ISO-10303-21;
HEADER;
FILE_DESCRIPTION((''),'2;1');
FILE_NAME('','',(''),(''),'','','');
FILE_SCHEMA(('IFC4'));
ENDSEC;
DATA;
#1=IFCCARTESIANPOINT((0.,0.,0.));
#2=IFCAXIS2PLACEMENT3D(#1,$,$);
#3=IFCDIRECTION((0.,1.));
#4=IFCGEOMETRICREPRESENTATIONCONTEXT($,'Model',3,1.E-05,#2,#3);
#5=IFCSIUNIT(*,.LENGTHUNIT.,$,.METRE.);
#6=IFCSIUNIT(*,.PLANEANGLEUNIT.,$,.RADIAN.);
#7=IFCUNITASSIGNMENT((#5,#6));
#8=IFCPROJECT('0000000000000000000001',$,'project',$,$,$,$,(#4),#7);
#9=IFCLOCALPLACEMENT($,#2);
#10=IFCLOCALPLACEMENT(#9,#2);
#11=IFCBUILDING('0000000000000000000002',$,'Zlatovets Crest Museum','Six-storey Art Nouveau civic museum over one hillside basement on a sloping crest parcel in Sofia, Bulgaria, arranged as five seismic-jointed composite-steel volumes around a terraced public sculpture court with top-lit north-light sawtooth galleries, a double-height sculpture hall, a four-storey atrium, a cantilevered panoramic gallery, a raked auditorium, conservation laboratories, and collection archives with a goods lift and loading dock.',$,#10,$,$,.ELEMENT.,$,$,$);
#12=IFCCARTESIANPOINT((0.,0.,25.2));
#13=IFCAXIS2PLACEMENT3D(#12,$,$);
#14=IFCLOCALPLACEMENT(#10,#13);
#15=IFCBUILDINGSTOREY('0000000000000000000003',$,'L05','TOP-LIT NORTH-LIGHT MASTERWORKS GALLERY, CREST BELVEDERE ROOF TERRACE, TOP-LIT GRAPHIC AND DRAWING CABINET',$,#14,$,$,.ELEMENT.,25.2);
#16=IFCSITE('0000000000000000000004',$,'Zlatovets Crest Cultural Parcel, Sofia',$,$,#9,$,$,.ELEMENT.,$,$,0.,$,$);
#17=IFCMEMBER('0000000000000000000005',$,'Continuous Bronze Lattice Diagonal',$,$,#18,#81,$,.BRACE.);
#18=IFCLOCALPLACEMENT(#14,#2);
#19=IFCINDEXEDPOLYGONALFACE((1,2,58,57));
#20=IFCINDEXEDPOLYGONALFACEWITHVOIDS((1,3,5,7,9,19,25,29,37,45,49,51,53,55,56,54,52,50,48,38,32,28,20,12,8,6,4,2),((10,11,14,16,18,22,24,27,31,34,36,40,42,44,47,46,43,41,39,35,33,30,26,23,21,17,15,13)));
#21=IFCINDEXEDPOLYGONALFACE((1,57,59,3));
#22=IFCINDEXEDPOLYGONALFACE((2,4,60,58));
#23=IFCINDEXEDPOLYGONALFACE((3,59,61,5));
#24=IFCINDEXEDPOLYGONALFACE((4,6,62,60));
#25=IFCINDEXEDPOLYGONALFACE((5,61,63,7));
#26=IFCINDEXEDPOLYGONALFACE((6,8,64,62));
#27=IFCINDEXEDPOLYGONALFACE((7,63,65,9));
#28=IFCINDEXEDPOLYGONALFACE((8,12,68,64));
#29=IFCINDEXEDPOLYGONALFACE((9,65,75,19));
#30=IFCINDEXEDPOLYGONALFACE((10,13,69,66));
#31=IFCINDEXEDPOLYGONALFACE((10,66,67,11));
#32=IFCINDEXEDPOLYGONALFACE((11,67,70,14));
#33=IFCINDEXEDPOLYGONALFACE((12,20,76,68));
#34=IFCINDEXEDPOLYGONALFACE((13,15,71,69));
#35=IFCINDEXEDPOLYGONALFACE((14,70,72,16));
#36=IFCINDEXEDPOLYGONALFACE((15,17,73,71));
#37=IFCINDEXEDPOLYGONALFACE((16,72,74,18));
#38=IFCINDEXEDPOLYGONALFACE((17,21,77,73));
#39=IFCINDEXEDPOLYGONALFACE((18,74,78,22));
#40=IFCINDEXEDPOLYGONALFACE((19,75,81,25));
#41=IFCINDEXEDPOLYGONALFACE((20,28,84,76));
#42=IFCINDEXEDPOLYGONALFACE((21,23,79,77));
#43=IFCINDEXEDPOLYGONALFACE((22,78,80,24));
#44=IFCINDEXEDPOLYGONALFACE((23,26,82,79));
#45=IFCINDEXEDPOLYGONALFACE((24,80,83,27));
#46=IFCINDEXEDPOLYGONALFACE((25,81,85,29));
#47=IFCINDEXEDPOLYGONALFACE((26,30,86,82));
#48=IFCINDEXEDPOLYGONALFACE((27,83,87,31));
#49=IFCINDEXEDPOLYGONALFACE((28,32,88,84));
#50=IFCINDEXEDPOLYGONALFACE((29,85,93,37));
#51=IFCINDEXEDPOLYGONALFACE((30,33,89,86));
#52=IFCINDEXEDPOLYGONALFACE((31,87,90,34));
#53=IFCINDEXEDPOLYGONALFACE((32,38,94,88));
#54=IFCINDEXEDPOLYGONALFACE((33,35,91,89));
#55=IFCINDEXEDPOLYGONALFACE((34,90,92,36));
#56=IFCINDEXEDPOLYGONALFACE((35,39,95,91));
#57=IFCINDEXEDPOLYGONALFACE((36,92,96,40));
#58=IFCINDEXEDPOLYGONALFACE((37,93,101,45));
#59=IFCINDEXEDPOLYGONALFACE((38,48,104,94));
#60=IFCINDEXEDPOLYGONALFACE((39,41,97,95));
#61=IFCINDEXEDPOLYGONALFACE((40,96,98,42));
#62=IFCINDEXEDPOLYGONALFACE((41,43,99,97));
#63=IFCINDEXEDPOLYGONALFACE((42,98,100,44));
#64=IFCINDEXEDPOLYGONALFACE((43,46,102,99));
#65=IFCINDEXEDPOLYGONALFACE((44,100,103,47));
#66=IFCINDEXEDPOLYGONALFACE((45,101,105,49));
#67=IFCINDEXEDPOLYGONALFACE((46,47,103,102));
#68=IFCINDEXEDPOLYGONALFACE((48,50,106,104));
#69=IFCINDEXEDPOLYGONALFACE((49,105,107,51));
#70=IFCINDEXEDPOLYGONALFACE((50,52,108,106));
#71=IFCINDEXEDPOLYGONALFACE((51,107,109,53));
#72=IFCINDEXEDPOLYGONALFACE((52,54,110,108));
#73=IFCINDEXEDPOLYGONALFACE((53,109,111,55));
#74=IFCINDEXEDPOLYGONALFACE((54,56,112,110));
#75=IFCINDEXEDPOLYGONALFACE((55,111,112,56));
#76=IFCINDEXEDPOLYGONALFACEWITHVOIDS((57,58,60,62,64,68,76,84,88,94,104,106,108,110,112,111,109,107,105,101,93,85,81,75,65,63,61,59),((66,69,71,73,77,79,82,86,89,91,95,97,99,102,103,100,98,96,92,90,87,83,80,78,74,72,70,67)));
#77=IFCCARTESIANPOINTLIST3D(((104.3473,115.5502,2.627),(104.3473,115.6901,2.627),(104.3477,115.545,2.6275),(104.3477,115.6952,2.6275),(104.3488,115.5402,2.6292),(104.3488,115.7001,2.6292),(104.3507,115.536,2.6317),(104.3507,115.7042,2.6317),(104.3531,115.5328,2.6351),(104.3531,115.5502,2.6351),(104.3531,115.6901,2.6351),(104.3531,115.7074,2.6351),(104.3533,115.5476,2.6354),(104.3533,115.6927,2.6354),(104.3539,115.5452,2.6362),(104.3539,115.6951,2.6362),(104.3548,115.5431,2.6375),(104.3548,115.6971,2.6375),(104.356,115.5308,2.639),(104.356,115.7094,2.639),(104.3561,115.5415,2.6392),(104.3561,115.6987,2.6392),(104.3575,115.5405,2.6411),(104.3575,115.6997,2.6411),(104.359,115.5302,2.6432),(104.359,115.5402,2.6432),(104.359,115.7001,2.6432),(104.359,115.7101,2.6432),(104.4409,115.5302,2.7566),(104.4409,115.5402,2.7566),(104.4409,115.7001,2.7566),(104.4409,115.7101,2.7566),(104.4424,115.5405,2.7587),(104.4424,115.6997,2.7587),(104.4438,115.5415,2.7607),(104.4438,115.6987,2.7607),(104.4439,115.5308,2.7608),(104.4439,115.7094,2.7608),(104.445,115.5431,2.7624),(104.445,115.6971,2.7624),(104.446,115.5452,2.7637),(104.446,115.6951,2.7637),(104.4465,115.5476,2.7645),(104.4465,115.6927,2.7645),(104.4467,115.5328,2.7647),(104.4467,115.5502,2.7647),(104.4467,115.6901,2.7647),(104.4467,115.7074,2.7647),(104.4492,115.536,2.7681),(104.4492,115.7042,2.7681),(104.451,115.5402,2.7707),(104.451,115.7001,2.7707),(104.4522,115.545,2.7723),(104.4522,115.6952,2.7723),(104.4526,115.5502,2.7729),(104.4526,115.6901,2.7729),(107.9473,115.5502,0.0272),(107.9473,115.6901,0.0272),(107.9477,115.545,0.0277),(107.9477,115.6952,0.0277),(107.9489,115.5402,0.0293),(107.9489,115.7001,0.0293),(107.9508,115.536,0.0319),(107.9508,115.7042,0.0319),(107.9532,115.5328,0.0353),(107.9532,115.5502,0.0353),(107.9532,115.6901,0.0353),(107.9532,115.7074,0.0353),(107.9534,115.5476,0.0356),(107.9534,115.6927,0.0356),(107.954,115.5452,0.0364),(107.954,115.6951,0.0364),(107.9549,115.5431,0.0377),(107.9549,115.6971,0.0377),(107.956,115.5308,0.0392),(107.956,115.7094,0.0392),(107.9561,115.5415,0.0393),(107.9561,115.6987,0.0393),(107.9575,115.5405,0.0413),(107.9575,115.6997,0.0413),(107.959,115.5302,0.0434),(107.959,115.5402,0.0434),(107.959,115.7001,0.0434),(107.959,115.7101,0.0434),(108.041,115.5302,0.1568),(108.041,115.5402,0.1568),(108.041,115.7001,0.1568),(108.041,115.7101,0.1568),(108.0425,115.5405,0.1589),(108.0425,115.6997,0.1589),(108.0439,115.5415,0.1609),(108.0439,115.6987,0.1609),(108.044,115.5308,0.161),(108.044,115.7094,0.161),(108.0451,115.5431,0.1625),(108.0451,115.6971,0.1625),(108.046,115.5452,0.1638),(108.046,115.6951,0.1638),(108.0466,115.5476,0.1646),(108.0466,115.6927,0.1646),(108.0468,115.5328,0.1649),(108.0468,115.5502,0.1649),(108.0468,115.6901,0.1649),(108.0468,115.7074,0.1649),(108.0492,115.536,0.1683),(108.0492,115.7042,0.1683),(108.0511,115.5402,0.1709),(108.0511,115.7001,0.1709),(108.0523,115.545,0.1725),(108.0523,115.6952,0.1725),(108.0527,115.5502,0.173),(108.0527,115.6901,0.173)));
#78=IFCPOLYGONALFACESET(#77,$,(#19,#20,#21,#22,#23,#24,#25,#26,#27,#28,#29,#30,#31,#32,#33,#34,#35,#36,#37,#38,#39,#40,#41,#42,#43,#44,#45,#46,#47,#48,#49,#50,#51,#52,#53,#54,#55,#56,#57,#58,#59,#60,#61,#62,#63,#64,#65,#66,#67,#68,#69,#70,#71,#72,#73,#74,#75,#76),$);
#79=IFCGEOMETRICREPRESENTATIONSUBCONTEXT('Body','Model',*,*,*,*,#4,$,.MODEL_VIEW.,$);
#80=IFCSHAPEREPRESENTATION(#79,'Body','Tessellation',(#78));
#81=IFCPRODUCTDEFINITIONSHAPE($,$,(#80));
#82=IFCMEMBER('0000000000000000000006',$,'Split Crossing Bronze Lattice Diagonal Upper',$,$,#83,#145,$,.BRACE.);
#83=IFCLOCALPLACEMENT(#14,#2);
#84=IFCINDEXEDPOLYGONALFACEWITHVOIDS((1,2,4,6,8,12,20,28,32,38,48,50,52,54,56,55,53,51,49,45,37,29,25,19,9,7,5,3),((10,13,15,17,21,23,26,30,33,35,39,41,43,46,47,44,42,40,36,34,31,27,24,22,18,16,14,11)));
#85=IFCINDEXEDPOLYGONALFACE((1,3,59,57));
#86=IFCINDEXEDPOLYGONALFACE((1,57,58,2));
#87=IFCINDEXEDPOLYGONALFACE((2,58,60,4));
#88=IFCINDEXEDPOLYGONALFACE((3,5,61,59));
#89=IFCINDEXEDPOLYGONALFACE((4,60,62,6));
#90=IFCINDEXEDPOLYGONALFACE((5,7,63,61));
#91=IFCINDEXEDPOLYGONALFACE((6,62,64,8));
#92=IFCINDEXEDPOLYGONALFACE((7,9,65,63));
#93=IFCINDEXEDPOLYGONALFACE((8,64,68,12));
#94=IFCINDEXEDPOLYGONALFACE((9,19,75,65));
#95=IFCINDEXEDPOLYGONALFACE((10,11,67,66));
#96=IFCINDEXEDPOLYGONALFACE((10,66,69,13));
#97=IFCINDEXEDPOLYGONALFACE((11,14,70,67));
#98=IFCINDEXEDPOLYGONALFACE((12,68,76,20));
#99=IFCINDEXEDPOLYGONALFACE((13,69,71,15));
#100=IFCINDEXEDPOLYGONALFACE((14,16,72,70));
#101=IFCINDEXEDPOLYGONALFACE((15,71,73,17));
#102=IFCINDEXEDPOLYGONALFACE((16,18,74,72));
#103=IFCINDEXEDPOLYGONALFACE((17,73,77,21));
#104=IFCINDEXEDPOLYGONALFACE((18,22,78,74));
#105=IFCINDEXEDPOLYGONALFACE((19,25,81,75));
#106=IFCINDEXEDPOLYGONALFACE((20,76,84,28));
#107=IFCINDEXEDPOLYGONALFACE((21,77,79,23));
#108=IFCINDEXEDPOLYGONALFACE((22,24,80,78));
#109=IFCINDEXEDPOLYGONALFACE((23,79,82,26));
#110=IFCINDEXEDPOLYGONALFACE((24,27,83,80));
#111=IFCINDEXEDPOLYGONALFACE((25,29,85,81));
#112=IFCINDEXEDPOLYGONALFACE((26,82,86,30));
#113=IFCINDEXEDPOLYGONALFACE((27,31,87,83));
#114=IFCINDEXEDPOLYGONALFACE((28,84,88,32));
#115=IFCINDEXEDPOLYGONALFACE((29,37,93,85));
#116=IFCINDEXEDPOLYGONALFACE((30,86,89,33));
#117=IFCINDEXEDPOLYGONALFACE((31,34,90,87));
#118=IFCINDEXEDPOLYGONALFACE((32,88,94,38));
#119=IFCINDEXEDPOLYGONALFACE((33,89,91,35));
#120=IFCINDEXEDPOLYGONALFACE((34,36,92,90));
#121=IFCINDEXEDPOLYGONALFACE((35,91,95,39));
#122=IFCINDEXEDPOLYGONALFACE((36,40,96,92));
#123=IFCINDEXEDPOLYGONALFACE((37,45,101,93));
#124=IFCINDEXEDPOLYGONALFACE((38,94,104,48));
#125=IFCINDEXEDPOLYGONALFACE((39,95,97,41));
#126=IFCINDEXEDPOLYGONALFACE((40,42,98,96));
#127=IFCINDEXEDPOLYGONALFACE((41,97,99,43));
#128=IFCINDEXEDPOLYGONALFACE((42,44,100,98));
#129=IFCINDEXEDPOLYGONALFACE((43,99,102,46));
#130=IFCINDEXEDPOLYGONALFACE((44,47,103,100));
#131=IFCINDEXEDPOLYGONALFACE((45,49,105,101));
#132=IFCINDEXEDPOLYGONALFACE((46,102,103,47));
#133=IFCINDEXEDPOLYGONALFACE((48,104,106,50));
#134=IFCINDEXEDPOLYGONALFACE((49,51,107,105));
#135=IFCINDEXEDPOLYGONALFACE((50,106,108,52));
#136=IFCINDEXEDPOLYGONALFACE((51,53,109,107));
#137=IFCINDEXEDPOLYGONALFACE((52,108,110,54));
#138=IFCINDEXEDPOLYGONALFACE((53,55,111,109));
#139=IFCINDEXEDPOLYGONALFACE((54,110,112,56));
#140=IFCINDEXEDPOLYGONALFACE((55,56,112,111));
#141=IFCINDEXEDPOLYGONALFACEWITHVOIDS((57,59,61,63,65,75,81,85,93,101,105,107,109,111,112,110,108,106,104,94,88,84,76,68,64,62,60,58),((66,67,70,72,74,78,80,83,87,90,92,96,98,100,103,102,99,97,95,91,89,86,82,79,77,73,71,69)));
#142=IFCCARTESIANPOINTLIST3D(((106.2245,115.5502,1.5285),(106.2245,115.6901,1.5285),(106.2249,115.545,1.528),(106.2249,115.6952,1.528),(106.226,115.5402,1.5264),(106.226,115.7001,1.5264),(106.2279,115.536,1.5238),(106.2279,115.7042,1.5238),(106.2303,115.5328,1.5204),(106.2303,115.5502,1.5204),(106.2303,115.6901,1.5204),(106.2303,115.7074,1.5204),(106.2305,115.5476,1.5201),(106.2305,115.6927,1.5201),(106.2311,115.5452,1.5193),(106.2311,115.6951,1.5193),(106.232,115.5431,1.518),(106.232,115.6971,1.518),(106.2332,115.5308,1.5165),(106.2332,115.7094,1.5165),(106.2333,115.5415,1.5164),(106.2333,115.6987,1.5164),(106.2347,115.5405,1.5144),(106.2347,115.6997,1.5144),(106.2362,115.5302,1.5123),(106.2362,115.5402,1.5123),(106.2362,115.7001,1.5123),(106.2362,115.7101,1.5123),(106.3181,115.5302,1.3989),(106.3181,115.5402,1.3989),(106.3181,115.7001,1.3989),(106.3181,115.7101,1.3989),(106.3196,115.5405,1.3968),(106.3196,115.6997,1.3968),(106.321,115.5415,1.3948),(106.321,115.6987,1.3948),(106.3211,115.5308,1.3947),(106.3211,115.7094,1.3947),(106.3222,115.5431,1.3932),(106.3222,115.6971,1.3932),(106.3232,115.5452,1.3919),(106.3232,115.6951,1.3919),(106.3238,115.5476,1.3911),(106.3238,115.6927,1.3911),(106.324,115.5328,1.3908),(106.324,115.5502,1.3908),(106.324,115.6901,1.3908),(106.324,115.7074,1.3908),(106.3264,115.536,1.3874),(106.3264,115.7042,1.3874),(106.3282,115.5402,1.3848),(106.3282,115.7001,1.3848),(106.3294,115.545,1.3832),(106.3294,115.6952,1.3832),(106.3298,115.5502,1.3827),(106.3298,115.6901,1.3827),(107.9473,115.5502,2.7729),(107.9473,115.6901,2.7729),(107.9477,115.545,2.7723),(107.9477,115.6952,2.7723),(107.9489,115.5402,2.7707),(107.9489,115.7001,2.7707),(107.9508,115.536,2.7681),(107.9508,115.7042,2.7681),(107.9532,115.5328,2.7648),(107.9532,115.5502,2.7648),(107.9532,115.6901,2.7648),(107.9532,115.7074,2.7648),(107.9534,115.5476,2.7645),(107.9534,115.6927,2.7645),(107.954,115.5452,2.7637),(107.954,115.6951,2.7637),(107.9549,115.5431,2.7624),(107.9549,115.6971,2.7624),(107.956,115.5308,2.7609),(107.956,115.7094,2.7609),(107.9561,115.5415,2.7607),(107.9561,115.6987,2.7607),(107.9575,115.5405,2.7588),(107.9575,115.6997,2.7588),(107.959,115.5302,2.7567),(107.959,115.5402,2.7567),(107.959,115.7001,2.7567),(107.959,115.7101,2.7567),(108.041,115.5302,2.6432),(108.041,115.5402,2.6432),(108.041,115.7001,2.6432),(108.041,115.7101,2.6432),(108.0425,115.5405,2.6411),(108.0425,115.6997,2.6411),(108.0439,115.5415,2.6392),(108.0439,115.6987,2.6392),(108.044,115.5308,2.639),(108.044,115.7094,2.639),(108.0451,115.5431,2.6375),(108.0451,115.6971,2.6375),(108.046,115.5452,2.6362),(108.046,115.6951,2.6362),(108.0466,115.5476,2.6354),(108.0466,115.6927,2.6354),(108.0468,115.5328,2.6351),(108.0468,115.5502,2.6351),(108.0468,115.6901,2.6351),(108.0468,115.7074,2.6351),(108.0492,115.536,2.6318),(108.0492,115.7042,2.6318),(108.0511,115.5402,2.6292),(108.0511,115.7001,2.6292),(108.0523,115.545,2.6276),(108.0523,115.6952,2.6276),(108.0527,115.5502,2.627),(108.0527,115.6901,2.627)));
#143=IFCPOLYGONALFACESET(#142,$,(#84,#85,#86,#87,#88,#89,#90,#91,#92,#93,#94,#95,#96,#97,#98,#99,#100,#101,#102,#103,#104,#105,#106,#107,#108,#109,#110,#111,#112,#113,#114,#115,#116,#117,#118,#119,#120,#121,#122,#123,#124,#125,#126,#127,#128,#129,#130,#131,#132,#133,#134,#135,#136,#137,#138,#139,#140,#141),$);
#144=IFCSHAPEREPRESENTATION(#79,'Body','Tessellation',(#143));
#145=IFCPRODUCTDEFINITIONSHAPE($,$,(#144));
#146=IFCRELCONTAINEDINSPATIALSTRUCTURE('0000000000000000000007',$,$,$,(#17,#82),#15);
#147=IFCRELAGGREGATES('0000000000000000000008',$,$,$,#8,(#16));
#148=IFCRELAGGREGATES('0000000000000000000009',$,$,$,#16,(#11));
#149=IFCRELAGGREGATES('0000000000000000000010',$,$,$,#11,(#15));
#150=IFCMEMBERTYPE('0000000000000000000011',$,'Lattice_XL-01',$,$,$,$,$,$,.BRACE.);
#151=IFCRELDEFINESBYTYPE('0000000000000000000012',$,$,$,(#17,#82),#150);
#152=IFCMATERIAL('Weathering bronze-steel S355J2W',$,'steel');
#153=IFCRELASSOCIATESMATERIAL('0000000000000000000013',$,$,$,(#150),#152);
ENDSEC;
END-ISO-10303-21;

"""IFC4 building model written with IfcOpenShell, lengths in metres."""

from ifc_helpers import new_model, si_unit, direction, frame, origin, origin_2d, place, context, subcontext, project, spatial, hollow_rectangle, extrude, material, material_profile, profile_set, type_object, element, save


model = new_model("IFC4")

# Units and contexts
model_context = context("Model", 3, precision=1e-05, world=origin(), true_north=direction((0.0, 1.0)))
body_context = subcontext(model_context, "Body", "Model", "MODEL_VIEW")
ifc_project = project(units=[si_unit("LENGTHUNIT", "METRE"), si_unit("PLANEANGLEUNIT", "RADIAN")], contexts=[model_context])

# Site, building, storey
site_placement = place(None, origin())
site = spatial("IfcSite", under=ifc_project, at=site_placement, Name="Zlatovets Crest Cultural Parcel, Sofia", CompositionType="ELEMENT", RefElevation=0.0)
building_placement = place(site_placement, origin())
building = spatial("IfcBuilding", under=site, at=building_placement, Name="Zlatovets Crest Museum", Description="Six-storey Art Nouveau civic museum over one hillside basement on a sloping crest parcel in Sofia, Bulgaria, arranged as five seismic-jointed composite-steel volumes around a terraced public sculpture court with top-lit north-light sawtooth galleries, a double-height sculpture hall, a four-storey atrium, a cantilevered panoramic gallery, a raked auditorium, conservation laboratories, and collection archives with a goods lift and loading dock.", CompositionType="ELEMENT")
storey_placement = place(building_placement, frame((0.0, 0.0, 25.2)))
storey = spatial("IfcBuildingStorey", under=building, at=storey_placement, Name="L05", Description="TOP-LIT NORTH-LIGHT MASTERWORKS GALLERY, CREST BELVEDERE ROOF TERRACE, TOP-LIT GRAPHIC AND DRAWING CABINET", CompositionType="ELEMENT", Elevation=25.2)

# Members
ifc_material_1 = material(Name="Weathering bronze-steel S355J2W", Category="steel")
ifc_material_profile_1 = material_profile(ifc_material_1, hollow_rectangle(XDim=0.1799, YDim=0.1799, WallThickness=0.01, InnerFilletRadius=0.01, OuterFilletRadius=0.02, at=origin_2d()), Name="SHS 180x180x10.0")
ifc_profile_set_1 = profile_set([ifc_material_profile_1], Name="Weathering bronze-steel S355J2W")
member_type_1 = type_object("IfcMemberType", Name="Lattice_XL-01", PredefinedType="BRACE", material=ifc_profile_set_1)
member_1_placement = place(storey_placement, frame((108.0, 115.6201, 0.1001), z_axis=(-0.810702, 0.0, 0.585458), x_axis=(0.0, -1.0, 0.0)))
element("IfcMember", 1, at=member_1_placement, inside=storey, type_object=member_type_1, Name="Continuous Bronze Lattice Diagonal", PredefinedType="BRACE", context=body_context, shape_type="SweptSolid", body=[
    extrude(hollow_rectangle(XDim=0.1799, YDim=0.1799, WallThickness=0.01, InnerFilletRadius=0.01, OuterFilletRadius=0.02, at=origin_2d()), origin(), (0.0, 0.0, 1.0), 4.4407),
])
member_2_placement = place(storey_placement, frame((108.0, 115.6201, 2.7), z_axis=(-0.810664, 0.0, -0.585512), x_axis=(0.0, -1.0, 0.0)))
element("IfcMember", 2, at=member_2_placement, inside=storey, type_object=member_type_1, Name="Split Crossing Bronze Lattice Diagonal Upper", PredefinedType="BRACE", context=body_context, shape_type="SweptSolid", body=[
    extrude(hollow_rectangle(XDim=0.1799, YDim=0.1799, WallThickness=0.01, InnerFilletRadius=0.01, OuterFilletRadius=0.02, at=origin_2d()), origin(), (0.0, 0.0, 1.0), 2.1252),
])

save(model, "model.ifc")
